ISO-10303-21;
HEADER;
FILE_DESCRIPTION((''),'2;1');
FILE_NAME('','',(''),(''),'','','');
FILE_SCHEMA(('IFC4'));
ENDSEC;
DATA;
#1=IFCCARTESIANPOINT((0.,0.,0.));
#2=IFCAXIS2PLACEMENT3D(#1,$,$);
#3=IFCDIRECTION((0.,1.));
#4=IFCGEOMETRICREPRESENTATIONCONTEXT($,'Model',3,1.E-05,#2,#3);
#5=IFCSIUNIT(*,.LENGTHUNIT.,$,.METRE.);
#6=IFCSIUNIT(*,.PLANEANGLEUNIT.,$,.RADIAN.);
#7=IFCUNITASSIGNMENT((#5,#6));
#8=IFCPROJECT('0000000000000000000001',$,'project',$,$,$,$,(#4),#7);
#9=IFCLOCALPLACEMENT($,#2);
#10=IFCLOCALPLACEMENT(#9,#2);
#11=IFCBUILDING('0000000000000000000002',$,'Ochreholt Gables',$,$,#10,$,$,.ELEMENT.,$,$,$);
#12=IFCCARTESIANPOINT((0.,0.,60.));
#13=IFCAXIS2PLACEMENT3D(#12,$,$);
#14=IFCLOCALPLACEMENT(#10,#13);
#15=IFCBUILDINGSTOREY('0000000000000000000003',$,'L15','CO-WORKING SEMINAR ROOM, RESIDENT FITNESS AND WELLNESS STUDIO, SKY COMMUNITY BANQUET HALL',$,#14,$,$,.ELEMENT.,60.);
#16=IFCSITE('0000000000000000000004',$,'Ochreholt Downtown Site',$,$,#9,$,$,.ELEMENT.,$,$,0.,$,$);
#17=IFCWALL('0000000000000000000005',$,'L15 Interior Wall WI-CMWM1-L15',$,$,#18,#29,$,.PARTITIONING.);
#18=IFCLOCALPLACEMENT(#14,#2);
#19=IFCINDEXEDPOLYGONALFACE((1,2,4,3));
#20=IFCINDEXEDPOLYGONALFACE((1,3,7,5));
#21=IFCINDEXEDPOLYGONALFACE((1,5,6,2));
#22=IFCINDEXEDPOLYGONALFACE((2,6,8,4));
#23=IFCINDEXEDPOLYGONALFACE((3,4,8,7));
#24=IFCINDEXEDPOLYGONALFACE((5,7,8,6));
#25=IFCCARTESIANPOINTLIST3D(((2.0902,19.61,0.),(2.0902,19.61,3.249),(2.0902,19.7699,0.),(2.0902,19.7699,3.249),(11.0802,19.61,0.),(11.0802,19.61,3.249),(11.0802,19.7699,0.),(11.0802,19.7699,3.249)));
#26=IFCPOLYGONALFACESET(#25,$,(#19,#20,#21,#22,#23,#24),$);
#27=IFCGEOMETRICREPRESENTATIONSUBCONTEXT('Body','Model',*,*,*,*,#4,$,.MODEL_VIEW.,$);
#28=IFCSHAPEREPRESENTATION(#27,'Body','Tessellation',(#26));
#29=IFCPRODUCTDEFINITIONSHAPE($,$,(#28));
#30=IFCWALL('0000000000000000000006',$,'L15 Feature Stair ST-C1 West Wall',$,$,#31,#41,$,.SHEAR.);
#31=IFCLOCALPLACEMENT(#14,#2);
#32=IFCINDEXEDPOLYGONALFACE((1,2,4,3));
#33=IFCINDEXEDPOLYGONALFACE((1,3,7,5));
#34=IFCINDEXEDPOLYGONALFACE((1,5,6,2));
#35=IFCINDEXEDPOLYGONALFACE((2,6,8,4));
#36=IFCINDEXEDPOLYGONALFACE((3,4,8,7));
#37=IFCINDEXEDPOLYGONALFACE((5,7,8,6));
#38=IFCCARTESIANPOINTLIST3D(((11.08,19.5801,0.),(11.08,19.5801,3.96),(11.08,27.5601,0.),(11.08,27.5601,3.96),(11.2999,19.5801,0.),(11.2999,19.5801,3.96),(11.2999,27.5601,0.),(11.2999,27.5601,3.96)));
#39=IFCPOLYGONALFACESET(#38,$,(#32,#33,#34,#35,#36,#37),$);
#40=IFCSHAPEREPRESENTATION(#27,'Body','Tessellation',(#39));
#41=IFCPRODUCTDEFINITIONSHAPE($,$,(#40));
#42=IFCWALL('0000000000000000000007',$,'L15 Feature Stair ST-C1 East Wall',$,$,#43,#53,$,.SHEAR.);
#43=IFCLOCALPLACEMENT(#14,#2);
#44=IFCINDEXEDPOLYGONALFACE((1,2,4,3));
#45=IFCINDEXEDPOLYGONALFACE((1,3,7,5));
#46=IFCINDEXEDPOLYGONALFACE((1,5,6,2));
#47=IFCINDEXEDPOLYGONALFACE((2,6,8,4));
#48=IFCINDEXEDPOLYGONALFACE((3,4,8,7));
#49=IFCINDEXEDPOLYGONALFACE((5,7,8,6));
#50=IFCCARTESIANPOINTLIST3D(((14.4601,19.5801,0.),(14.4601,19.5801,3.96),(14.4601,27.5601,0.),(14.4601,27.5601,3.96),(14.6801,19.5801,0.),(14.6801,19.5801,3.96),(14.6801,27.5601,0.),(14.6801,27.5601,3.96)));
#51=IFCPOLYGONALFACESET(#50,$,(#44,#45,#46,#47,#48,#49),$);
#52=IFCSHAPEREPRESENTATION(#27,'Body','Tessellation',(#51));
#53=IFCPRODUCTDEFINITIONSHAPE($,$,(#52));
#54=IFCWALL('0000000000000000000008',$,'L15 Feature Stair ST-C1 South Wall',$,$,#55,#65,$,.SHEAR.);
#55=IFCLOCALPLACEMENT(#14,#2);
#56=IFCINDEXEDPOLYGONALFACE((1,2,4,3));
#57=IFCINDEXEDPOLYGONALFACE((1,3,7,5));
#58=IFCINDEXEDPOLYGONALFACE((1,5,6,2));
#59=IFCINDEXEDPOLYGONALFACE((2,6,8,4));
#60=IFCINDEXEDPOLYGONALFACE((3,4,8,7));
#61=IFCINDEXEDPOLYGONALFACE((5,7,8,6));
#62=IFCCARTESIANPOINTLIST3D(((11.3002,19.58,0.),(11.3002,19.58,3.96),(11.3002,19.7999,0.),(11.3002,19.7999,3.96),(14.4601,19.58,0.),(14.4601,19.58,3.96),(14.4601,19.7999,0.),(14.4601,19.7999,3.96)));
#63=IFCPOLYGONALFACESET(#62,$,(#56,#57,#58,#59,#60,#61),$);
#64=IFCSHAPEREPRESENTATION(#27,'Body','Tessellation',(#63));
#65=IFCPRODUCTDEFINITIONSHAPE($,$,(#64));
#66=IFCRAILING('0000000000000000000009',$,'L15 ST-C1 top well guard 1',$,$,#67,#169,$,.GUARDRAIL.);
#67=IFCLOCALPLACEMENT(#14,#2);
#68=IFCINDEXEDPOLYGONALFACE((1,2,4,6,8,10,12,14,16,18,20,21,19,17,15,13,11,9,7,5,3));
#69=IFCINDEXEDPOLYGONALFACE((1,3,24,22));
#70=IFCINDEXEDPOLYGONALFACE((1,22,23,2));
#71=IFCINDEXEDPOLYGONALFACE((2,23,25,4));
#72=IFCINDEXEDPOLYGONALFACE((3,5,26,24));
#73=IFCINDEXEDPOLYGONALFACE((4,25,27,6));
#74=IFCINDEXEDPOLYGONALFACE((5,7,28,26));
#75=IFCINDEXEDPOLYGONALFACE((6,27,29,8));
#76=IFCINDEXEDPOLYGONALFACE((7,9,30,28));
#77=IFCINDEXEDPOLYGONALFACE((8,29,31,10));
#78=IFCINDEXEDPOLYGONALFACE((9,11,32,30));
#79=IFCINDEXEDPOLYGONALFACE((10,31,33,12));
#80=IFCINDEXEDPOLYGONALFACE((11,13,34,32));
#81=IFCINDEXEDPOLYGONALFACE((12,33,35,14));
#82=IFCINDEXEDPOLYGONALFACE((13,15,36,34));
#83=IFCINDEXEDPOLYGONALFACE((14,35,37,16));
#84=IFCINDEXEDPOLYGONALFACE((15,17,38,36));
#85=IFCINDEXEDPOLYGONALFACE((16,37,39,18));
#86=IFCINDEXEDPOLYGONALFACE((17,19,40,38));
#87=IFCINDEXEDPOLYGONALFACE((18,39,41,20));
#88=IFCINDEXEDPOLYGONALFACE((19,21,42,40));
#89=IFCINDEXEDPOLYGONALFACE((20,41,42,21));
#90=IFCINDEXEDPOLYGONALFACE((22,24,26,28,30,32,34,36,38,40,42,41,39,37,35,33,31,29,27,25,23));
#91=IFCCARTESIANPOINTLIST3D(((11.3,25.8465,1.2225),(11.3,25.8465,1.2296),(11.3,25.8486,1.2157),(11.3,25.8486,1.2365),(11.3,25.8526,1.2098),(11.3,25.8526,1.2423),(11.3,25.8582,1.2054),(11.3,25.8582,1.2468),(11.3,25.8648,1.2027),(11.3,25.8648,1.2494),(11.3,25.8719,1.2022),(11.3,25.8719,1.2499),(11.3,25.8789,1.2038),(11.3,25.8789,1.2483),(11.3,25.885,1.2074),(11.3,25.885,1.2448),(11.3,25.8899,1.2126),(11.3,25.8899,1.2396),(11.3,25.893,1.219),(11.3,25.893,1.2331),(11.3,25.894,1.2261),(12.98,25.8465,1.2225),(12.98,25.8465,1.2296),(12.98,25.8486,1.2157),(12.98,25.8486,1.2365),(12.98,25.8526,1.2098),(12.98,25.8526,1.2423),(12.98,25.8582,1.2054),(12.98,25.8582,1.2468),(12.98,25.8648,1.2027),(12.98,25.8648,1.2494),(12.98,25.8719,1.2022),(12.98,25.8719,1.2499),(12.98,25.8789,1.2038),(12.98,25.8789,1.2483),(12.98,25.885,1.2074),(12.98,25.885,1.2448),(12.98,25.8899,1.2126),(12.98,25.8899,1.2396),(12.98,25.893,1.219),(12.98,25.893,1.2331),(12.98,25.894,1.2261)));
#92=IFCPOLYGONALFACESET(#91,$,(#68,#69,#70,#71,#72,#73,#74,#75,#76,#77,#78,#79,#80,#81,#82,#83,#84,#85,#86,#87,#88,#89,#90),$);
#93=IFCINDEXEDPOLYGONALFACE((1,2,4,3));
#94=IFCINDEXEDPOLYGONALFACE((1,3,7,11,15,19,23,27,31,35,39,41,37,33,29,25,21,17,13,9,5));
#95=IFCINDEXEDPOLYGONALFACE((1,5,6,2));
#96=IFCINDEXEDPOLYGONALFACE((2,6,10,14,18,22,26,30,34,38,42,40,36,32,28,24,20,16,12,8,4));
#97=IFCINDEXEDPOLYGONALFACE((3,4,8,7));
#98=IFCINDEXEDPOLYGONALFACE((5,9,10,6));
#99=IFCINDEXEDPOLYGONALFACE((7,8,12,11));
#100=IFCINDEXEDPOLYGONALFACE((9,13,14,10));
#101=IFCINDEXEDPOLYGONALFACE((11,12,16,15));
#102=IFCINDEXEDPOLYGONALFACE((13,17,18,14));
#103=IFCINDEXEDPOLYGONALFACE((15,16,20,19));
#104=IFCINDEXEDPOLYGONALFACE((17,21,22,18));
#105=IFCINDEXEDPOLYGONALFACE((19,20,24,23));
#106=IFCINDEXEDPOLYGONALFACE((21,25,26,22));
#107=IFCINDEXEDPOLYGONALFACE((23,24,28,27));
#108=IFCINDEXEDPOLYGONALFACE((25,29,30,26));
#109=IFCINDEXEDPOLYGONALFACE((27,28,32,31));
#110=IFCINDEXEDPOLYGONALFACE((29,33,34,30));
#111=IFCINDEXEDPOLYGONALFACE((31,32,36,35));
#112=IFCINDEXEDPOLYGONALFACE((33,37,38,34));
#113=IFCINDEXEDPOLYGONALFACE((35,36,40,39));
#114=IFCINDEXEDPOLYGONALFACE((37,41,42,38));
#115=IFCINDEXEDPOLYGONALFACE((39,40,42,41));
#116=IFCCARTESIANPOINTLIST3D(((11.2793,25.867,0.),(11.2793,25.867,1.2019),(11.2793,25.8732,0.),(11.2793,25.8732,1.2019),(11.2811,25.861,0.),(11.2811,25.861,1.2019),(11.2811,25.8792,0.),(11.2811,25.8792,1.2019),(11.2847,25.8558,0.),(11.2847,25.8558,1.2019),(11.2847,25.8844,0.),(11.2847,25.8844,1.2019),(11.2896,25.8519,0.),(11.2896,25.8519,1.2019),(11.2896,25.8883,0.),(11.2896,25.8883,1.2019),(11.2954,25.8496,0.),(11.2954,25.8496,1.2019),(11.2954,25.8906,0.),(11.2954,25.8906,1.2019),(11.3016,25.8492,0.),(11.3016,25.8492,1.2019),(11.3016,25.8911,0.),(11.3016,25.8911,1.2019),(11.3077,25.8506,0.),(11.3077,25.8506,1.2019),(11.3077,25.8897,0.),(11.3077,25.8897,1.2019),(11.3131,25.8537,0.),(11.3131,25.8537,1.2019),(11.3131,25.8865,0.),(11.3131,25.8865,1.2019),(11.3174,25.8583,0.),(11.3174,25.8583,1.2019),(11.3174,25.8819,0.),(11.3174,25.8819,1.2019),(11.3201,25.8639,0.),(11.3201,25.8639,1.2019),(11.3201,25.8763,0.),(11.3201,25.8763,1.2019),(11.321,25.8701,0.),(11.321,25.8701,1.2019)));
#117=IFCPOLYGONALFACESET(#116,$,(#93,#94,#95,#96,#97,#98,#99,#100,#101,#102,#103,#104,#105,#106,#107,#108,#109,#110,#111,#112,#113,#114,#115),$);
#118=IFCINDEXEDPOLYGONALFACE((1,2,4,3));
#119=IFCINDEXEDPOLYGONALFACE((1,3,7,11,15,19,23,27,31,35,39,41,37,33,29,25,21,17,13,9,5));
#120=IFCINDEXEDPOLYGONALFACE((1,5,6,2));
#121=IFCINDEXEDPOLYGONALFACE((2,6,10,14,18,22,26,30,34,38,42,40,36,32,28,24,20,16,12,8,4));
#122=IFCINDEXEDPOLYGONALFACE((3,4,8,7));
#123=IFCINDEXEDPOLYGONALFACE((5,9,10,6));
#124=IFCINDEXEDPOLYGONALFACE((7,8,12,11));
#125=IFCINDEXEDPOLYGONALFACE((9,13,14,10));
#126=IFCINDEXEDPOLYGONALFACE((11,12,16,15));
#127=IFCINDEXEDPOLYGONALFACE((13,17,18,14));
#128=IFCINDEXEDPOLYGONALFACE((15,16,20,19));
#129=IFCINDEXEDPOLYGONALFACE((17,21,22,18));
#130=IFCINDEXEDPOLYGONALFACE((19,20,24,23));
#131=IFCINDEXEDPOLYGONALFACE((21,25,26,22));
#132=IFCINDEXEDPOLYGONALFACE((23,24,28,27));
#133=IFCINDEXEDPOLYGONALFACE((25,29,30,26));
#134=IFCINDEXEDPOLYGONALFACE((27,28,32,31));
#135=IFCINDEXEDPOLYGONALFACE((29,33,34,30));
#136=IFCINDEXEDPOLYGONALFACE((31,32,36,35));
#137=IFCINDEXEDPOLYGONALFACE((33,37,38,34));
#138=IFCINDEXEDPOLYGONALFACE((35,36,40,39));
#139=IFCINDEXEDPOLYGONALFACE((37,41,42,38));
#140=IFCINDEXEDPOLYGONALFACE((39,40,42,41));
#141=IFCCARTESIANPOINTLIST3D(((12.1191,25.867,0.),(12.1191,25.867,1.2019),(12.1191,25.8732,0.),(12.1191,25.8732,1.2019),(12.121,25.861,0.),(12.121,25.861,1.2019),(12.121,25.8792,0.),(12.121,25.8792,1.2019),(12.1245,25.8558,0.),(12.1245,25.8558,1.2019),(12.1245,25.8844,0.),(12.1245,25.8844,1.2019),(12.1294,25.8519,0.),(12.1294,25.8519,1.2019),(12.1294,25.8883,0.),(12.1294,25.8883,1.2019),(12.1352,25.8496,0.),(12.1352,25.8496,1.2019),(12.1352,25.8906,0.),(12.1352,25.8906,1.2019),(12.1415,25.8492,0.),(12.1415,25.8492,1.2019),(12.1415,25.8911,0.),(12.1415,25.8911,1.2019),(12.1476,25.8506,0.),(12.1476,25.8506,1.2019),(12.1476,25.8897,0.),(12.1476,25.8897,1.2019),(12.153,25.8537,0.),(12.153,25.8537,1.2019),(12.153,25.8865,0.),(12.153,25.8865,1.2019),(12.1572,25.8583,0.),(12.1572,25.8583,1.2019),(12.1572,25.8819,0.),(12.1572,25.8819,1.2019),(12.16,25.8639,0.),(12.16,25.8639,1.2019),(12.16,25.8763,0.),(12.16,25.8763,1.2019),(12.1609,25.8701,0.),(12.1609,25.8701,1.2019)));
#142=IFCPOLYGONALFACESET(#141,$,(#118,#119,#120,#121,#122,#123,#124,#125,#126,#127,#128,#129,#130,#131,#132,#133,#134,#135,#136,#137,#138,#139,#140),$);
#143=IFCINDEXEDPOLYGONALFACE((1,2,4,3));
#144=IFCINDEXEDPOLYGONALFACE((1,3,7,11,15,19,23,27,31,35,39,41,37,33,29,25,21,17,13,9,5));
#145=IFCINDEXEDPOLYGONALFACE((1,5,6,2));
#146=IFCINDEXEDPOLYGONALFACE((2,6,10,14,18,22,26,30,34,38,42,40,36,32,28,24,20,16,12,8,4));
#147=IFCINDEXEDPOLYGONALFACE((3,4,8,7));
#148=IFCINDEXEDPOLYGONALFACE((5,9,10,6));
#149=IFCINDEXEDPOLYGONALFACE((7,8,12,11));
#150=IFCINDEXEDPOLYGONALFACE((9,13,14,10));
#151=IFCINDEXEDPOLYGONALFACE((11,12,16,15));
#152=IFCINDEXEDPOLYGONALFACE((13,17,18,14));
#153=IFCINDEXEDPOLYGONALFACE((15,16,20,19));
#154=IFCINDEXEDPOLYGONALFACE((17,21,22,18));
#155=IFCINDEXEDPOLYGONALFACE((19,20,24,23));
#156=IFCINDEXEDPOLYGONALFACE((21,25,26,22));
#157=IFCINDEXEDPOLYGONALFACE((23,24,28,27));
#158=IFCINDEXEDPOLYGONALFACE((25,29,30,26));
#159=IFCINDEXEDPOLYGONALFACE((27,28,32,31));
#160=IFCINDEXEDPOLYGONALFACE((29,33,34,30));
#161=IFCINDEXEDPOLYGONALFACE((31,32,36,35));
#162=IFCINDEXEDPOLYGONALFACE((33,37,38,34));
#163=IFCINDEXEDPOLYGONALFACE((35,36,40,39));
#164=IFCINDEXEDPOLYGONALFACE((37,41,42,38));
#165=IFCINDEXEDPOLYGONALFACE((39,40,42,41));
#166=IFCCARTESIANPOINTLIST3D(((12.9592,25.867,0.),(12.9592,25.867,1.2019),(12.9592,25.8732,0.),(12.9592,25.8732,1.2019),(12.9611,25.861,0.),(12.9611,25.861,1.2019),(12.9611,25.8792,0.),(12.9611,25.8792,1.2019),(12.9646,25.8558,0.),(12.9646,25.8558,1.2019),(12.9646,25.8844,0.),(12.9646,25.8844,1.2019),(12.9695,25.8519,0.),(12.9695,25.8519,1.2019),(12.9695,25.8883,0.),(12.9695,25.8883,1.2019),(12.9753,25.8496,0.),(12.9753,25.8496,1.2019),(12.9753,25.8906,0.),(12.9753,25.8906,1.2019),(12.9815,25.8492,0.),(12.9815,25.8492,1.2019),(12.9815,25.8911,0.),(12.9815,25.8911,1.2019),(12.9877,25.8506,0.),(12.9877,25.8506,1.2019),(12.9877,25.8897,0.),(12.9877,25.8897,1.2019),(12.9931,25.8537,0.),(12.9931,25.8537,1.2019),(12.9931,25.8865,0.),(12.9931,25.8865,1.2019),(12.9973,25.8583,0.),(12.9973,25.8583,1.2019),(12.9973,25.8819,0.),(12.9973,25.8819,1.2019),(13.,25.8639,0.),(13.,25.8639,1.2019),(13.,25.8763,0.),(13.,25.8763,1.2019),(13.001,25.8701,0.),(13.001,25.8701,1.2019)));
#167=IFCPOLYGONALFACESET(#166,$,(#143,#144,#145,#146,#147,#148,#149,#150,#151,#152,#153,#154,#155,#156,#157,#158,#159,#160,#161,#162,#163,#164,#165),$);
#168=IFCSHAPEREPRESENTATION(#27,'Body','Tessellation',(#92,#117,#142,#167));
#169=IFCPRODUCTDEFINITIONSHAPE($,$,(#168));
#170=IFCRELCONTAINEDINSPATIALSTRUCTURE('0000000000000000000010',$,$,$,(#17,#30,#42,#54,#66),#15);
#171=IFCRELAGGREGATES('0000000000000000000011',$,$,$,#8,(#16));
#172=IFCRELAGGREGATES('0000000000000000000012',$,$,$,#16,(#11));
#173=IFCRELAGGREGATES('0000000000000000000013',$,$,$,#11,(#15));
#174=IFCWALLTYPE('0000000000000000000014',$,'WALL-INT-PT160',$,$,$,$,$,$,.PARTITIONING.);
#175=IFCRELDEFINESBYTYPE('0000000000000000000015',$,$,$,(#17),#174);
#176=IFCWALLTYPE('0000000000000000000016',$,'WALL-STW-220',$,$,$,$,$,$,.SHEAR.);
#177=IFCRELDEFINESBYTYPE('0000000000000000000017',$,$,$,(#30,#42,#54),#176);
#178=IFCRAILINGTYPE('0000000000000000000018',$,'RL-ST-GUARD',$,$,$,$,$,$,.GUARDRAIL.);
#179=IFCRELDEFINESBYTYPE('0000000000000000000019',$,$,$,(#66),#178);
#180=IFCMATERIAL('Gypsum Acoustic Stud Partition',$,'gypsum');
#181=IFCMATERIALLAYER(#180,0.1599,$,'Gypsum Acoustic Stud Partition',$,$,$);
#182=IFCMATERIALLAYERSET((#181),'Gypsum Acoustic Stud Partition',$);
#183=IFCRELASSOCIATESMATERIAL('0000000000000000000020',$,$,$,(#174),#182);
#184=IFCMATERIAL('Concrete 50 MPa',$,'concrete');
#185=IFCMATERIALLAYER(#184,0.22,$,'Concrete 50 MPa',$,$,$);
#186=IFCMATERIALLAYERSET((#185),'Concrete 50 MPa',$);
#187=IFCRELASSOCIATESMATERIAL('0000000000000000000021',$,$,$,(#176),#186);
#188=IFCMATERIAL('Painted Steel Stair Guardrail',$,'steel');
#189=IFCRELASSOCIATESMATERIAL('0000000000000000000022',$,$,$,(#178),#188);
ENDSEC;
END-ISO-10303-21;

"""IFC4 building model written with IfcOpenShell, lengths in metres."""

from ifc_helpers import new_model, si_unit, direction, frame, frame_2d, origin, origin_2d, place, context, subcontext, project, spatial, rectangle, circle, extrude, material, layer, layer_set, type_object, element, save


model = new_model("IFC4")

# Units and contexts
model_context = context("Model", 3, precision=1e-05, world=origin(), true_north=direction((0.0, 1.0)))
body_context = subcontext(model_context, "Body", "Model", "MODEL_VIEW")
ifc_project = project(units=[si_unit("LENGTHUNIT", "METRE"), si_unit("PLANEANGLEUNIT", "RADIAN")], contexts=[model_context])

# Site, building, storey
site_placement = place(None, origin())
site = spatial("IfcSite", under=ifc_project, at=site_placement, Name="Ochreholt Downtown Site", CompositionType="ELEMENT", RefElevation=0.0)
building_placement = place(site_placement, origin())
building = spatial("IfcBuilding", under=site, at=building_placement, Name="Ochreholt Gables", CompositionType="ELEMENT")
storey_placement = place(building_placement, frame((0.0, 0.0, 60.0)))
storey = spatial("IfcBuildingStorey", under=building, at=storey_placement, Name="L15", Description="CO-WORKING SEMINAR ROOM, RESIDENT FITNESS AND WELLNESS STUDIO, SKY COMMUNITY BANQUET HALL", CompositionType="ELEMENT", Elevation=60.0)

# Walls
ifc_material_1 = material(Name="Gypsum Acoustic Stud Partition", Category="gypsum")
ifc_layer_1 = layer(ifc_material_1, 0.1599, Name="Gypsum Acoustic Stud Partition")
ifc_layer_set_1 = layer_set([ifc_layer_1], Name="Gypsum Acoustic Stud Partition")
wall_type_1 = type_object("IfcWallType", Name="WALL-INT-PT160", PredefinedType="PARTITIONING", material=ifc_layer_set_1)
wall_1_placement = place(storey_placement, frame((2.0901, 19.6899, 0.0), z_axis=(0.0, 0.0, 1.0), x_axis=(1.0, 0.0, 0.0)))
element("IfcWall", 1, at=wall_1_placement, inside=storey, type_object=wall_type_1, Name="L15 Interior Wall WI-CMWM1-L15", PredefinedType="PARTITIONING", context=body_context, shape_type="SweptSolid", body=[
    extrude(rectangle(XDim=8.99, YDim=0.1599, at=frame_2d((4.4951, 0.0))), origin(), (0.0, 0.0, 1.0), 3.249),
])
ifc_material_2 = material(Name="Concrete 50 MPa", Category="concrete")
ifc_layer_2 = layer(ifc_material_2, 0.22, Name="Concrete 50 MPa")
ifc_layer_set_2 = layer_set([ifc_layer_2], Name="Concrete 50 MPa")
wall_type_2 = type_object("IfcWallType", Name="WALL-STW-220", PredefinedType="SHEAR", material=ifc_layer_set_2)
for number, where, z_axis, x_axis, name in (
    (2, (11.1899, 19.5801, 0.0), (0.0, 0.0, 1.0), (0.0, 1.0, 0.0), "L15 Feature Stair ST-C1 West Wall"),
    (3, (14.5701, 19.5801, 0.0), (0.0, 0.0, 1.0), (0.0, 1.0, 0.0), "L15 Feature Stair ST-C1 East Wall"),
):
    element("IfcWall", number, at=place(storey_placement, frame(where, z_axis=z_axis, x_axis=x_axis)), inside=storey, type_object=wall_type_2, Name=name, PredefinedType="SHEAR", context=body_context, shape_type="SweptSolid", body=[
        extrude(rectangle(XDim=7.98, YDim=0.22, at=frame_2d((3.99, 0.0))), origin(), (0.0, 0.0, 1.0), 3.96),
    ])
wall_2_placement = place(storey_placement, frame((11.3, 19.6899, 0.0), z_axis=(0.0, 0.0, 1.0), x_axis=(1.0, 0.0, 0.0)))
element("IfcWall", 4, at=wall_2_placement, inside=storey, type_object=wall_type_2, Name="L15 Feature Stair ST-C1 South Wall", PredefinedType="SHEAR", context=body_context, shape_type="SweptSolid", body=[
    extrude(rectangle(XDim=3.1599, YDim=0.22, at=frame_2d((1.5801, 0.0))), origin(), (0.0, 0.0, 1.0), 3.96),
])

# Railing
ifc_material_3 = material(Name="Painted Steel Stair Guardrail", Category="steel")
railing_type = type_object("IfcRailingType", Name="RL-ST-GUARD", PredefinedType="GUARDRAIL", material=ifc_material_3)
railing_placement = place(storey_placement, frame((11.3, 25.8701, 0.0)))
element("IfcRailing", 5, at=railing_placement, inside=storey, type_object=railing_type, Name="L15 ST-C1 top well guard 1", PredefinedType="GUARDRAIL", context=body_context, shape_type="SweptSolid", body=[
    extrude(circle(Radius=0.0239, at=origin_2d()), frame((0.0, 0.0, 1.2261), z_axis=(1.0, 0.0, 0.0), x_axis=(0.0, 1.0, 0.0)), (0.0, 0.0, 1.0), 1.6799),
    extrude(circle(Radius=0.021, at=origin_2d()), origin(), (0.0, 0.0, 1.0), 1.2019),
    extrude(circle(Radius=0.021, at=origin_2d()), frame((0.8398, 0.0, 0.0)), (0.0, 0.0, 1.0), 1.2019),
    extrude(circle(Radius=0.021, at=origin_2d()), frame((1.6799, 0.0, 0.0)), (0.0, 0.0, 1.0), 1.2019),
])

save(model, "model.ifc")
